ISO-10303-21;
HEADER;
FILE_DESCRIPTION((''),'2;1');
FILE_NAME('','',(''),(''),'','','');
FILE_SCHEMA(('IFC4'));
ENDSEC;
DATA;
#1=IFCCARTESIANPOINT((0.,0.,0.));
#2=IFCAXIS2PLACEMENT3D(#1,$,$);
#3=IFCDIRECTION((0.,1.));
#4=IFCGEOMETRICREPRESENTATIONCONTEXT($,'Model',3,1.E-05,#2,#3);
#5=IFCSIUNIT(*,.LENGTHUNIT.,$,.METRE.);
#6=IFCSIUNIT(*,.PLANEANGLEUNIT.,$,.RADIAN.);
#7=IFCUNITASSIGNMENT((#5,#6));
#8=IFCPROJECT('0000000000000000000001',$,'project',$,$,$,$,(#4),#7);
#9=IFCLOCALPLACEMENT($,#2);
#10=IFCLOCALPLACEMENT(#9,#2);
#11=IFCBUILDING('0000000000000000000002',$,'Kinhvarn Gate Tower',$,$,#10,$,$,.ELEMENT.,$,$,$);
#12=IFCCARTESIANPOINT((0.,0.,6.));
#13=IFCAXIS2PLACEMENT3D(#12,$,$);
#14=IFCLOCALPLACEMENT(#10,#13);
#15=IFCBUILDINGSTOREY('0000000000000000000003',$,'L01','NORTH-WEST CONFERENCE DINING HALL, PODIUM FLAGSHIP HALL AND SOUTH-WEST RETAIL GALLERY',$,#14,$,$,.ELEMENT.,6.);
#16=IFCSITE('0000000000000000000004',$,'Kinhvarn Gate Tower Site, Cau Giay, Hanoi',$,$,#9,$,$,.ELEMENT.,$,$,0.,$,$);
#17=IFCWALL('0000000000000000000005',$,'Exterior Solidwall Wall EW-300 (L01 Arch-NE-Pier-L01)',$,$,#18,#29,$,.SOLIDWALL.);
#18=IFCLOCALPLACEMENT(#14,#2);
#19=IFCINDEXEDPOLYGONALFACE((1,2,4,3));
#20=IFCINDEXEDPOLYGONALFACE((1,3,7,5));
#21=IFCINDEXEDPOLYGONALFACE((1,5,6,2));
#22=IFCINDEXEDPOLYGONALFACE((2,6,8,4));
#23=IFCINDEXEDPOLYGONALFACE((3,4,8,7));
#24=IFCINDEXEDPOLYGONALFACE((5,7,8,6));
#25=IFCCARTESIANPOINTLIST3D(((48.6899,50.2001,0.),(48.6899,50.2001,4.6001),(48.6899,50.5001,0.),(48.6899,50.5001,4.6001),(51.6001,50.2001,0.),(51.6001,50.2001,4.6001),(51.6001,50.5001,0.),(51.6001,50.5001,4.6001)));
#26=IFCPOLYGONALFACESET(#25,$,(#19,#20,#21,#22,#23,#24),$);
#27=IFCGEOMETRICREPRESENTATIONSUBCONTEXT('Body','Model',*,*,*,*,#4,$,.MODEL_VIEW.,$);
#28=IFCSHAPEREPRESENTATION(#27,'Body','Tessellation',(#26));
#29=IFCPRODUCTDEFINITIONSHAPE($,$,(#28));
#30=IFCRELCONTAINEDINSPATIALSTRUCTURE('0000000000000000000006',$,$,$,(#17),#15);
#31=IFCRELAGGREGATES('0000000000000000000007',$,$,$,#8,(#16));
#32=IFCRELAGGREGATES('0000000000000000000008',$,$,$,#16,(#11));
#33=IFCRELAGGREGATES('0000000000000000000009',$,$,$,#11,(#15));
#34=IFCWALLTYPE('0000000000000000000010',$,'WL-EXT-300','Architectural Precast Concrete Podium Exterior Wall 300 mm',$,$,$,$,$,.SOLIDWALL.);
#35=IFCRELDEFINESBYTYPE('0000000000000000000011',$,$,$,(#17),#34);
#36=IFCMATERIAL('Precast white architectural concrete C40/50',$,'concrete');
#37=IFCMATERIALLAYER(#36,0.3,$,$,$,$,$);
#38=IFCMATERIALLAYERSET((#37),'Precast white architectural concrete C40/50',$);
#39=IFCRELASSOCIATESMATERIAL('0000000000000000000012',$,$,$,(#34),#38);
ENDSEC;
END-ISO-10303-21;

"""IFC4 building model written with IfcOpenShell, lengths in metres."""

from ifc_helpers import new_model, si_unit, direction, frame, frame_2d, origin, place, context, subcontext, project, spatial, rectangle, extrude, material, layer, layer_set, type_object, element, save


model = new_model("IFC4")

# Units and contexts
model_context = context("Model", 3, precision=1e-05, world=origin(), true_north=direction((0.0, 1.0)))
body_context = subcontext(model_context, "Body", "Model", "MODEL_VIEW")
ifc_project = project(units=[si_unit("LENGTHUNIT", "METRE"), si_unit("PLANEANGLEUNIT", "RADIAN")], contexts=[model_context])

# Site, building, storey
site_placement = place(None, origin())
site = spatial("IfcSite", under=ifc_project, at=site_placement, Name="Kinhvarn Gate Tower Site, Cau Giay, Hanoi", CompositionType="ELEMENT", RefElevation=0.0)
building_placement = place(site_placement, origin())
building = spatial("IfcBuilding", under=site, at=building_placement, Name="Kinhvarn Gate Tower", CompositionType="ELEMENT")
storey_placement = place(building_placement, frame((0.0, 0.0, 6.0)))
storey = spatial("IfcBuildingStorey", under=building, at=storey_placement, Name="L01", Description="NORTH-WEST CONFERENCE DINING HALL, PODIUM FLAGSHIP HALL AND SOUTH-WEST RETAIL GALLERY", CompositionType="ELEMENT", Elevation=6.0)

# Wall
ifc_material_1 = material(Name="Precast white architectural concrete C40/50", Category="concrete")
ifc_layer_1 = layer(ifc_material_1, 0.3)
ifc_layer_set_1 = layer_set([ifc_layer_1], Name="Precast white architectural concrete C40/50")
wall_type = type_object("IfcWallType", Name="WL-EXT-300", Description="Architectural Precast Concrete Podium Exterior Wall 300 mm", PredefinedType="SOLIDWALL", material=ifc_layer_set_1)
wall_placement = place(storey_placement, frame((51.6001, 50.3501, 0.0), z_axis=(0.0, 0.0, 1.0), x_axis=(-1.0, 0.0, 0.0)))
element("IfcWall", 1, at=wall_placement, inside=storey, type_object=wall_type, Name="Exterior Solidwall Wall EW-300 (L01 Arch-NE-Pier-L01)", PredefinedType="SOLIDWALL", context=body_context, shape_type="SweptSolid", body=[
    extrude(rectangle(XDim=2.9102, YDim=0.3, at=frame_2d((1.4551, 0.0))), origin(), (0.0, 0.0, 1.0), 4.6001),
])

save(model, "model.ifc")
